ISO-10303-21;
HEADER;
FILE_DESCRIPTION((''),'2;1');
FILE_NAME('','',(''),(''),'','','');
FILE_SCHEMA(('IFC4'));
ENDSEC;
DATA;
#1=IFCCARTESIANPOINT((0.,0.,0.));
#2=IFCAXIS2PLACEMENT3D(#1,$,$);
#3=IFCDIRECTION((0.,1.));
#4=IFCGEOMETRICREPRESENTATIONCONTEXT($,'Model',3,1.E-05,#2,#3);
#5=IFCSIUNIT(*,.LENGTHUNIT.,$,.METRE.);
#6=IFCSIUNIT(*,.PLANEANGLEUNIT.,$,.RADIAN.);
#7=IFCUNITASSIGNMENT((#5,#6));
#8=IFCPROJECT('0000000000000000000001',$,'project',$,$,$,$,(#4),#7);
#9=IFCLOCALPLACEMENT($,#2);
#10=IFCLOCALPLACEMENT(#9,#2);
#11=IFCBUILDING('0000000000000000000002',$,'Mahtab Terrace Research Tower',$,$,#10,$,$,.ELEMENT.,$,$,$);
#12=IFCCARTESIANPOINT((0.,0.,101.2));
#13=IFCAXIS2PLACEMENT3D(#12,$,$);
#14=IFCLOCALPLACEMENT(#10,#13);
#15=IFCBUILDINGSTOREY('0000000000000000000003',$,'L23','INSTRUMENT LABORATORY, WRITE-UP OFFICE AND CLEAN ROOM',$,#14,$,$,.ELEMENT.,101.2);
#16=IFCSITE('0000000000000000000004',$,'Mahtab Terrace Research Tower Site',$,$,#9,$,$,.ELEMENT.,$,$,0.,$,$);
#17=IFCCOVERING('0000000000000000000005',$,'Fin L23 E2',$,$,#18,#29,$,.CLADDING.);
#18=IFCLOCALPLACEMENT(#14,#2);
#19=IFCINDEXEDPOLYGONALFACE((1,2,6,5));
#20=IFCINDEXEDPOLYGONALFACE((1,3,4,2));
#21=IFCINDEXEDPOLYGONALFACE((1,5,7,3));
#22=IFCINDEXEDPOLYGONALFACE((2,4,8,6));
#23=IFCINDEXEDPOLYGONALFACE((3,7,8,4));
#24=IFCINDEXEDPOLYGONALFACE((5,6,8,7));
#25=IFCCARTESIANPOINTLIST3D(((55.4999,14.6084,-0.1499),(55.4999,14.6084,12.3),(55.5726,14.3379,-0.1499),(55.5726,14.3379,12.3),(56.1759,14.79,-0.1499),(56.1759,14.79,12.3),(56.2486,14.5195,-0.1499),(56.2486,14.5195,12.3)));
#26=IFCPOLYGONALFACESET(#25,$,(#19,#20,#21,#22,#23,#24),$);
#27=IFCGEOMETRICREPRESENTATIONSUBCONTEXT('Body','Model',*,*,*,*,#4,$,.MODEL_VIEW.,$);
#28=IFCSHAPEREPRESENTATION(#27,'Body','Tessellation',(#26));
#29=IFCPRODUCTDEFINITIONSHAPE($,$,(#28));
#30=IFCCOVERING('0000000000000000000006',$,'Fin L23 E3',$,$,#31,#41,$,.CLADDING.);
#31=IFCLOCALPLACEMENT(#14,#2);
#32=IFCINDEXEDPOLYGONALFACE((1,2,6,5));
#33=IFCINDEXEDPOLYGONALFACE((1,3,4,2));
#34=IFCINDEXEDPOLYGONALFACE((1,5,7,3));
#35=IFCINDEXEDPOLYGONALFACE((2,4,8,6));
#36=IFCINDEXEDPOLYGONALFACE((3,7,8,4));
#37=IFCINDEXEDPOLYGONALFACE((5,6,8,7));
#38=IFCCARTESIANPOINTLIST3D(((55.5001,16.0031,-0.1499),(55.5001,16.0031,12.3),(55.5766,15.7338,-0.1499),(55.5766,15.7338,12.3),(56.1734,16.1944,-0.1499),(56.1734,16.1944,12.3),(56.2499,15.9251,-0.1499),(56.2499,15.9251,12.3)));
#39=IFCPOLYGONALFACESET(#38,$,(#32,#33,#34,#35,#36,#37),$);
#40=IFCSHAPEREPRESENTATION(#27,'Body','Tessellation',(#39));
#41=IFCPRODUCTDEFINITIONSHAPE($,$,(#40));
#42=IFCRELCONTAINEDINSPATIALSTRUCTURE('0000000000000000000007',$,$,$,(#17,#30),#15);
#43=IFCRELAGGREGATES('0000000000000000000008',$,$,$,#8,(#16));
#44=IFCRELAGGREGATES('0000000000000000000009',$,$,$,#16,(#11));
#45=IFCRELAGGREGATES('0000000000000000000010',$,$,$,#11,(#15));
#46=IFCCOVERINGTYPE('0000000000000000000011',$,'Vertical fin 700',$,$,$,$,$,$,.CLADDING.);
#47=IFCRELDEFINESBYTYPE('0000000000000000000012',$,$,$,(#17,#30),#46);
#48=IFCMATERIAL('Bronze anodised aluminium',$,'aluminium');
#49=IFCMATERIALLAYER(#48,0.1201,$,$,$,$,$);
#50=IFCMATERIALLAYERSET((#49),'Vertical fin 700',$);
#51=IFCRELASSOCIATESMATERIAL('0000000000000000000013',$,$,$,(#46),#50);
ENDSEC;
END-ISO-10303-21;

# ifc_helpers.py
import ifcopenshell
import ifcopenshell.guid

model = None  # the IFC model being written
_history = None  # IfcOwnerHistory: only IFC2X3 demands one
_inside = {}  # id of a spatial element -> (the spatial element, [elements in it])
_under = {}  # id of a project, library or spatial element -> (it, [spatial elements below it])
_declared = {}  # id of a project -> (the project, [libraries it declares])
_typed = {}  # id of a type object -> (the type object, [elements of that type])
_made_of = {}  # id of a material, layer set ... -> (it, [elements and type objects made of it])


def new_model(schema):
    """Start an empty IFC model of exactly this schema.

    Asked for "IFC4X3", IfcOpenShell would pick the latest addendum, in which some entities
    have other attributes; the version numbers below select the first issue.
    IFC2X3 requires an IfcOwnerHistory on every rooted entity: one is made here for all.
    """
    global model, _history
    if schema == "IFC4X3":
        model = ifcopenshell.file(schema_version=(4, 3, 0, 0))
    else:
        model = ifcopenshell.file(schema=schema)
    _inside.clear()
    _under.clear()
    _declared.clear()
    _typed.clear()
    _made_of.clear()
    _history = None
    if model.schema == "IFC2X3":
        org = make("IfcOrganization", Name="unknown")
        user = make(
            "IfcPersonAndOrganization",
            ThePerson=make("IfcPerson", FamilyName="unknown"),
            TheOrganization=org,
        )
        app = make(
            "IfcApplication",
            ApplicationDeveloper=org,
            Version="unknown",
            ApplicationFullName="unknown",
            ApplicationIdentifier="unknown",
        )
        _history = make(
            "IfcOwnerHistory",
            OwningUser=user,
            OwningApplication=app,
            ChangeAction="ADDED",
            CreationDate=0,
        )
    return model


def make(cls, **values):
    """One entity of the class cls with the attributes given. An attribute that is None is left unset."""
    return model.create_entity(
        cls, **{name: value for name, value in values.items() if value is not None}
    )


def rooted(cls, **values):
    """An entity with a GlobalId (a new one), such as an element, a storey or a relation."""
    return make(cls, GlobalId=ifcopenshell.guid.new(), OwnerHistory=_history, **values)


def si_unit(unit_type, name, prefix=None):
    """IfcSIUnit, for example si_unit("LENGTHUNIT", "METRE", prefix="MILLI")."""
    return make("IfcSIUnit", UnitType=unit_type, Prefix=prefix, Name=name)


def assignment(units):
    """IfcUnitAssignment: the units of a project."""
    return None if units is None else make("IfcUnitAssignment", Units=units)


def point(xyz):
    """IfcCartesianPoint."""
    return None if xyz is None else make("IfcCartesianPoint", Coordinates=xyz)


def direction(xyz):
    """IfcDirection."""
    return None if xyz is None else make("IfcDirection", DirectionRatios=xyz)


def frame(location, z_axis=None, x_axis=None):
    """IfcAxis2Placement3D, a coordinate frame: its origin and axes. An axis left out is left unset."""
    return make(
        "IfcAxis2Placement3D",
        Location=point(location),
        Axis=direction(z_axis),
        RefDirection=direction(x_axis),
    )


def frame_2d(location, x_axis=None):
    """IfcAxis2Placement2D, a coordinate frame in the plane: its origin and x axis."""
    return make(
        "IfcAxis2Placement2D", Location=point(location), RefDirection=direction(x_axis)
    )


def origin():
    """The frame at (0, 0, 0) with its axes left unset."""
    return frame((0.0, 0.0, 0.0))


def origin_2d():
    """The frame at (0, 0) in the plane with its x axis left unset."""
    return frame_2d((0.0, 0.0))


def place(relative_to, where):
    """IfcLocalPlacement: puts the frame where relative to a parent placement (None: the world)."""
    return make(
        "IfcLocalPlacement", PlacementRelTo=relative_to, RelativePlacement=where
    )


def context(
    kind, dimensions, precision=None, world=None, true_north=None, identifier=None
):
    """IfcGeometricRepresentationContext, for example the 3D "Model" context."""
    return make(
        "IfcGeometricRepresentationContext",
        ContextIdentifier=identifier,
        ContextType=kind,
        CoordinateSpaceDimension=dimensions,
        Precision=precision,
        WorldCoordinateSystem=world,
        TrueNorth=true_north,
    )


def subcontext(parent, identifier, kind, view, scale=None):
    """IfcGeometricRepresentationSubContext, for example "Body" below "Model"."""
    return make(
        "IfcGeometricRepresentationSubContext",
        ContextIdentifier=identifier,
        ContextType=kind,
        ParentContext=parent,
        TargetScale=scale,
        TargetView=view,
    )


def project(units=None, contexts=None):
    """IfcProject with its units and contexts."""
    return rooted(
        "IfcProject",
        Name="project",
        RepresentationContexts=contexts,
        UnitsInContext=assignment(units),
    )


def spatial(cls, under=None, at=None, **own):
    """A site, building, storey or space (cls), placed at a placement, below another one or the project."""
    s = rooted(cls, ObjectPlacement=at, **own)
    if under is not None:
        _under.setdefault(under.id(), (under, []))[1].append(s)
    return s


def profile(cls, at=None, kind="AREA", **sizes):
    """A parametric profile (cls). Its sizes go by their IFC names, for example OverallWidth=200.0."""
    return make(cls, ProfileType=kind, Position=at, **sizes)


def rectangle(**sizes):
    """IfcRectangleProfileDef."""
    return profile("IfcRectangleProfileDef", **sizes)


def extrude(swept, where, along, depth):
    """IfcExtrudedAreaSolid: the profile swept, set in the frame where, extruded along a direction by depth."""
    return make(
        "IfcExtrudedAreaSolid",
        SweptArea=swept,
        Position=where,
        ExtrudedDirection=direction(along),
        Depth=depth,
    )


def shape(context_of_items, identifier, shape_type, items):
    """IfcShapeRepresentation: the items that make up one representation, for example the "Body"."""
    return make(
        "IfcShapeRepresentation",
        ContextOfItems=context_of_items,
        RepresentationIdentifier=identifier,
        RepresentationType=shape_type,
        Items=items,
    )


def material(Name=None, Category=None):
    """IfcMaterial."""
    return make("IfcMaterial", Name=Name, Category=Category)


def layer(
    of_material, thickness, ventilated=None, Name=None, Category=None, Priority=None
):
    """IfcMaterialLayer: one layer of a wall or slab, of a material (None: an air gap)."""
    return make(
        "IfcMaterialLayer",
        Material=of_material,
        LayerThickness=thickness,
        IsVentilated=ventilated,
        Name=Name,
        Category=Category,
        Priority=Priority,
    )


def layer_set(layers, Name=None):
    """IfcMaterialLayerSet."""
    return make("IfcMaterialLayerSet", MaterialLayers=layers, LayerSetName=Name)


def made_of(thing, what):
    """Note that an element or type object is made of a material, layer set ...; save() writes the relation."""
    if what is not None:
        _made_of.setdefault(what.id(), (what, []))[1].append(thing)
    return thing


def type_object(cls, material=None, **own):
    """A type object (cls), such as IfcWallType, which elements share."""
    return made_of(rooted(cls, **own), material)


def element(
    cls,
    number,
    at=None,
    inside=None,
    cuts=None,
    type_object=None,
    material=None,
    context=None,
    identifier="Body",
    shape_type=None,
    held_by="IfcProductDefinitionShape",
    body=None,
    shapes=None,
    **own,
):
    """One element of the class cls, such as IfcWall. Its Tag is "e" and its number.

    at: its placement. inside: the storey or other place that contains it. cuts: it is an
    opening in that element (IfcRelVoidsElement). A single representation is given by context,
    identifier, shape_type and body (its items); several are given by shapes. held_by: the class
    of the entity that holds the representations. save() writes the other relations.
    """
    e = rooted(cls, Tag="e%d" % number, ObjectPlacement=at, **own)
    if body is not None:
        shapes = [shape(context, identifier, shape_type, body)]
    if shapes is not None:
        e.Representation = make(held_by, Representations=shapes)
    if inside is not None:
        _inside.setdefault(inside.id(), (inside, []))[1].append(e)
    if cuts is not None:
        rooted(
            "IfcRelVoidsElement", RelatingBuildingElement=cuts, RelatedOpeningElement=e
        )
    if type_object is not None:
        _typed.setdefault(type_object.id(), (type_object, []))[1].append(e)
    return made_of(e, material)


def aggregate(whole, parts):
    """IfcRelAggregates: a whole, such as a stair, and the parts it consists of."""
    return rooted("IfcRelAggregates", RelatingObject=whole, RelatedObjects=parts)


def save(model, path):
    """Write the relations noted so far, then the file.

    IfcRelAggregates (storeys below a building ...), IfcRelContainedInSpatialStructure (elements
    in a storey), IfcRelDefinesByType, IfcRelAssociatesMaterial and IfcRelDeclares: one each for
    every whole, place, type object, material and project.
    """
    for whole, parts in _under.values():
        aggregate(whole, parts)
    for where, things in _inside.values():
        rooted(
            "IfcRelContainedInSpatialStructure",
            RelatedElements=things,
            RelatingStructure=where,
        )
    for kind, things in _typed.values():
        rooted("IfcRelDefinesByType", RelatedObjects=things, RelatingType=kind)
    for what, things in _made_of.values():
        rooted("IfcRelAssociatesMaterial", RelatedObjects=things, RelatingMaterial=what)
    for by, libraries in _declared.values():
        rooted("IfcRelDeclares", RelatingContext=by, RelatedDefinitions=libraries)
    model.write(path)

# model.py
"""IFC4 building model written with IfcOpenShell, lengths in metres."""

from ifc_helpers import new_model, si_unit, direction, frame, origin, origin_2d, place, context, subcontext, project, spatial, rectangle, extrude, material, layer, layer_set, type_object, element, save


model = new_model("IFC4")

# Units and contexts
model_context = context("Model", 3, precision=1e-05, world=origin(), true_north=direction((0.0, 1.0)))
body_context = subcontext(model_context, "Body", "Model", "MODEL_VIEW")
ifc_project = project(units=[si_unit("LENGTHUNIT", "METRE"), si_unit("PLANEANGLEUNIT", "RADIAN")], contexts=[model_context])

# Site, building, storey
site_placement = place(None, origin())
site = spatial("IfcSite", under=ifc_project, at=site_placement, Name="Mahtab Terrace Research Tower Site", CompositionType="ELEMENT", RefElevation=0.0)
building_placement = place(site_placement, origin())
building = spatial("IfcBuilding", under=site, at=building_placement, Name="Mahtab Terrace Research Tower", CompositionType="ELEMENT")
storey_placement = place(building_placement, frame((0.0, 0.0, 101.2)))
storey = spatial("IfcBuildingStorey", under=building, at=storey_placement, Name="L23", Description="INSTRUMENT LABORATORY, WRITE-UP OFFICE AND CLEAN ROOM", CompositionType="ELEMENT", Elevation=101.2)

# Coverings
ifc_material_1 = material(Name="Bronze anodised aluminium", Category="aluminium")
ifc_layer_1 = layer(ifc_material_1, 0.1201)
ifc_layer_set_1 = layer_set([ifc_layer_1], Name="Vertical fin 700")
covering_type = type_object("IfcCoveringType", Name="Vertical fin 700", PredefinedType="CLADDING", material=ifc_layer_set_1)
for number, where, z_axis, x_axis, name in (
    (1, (55.8743, 14.564, -0.1499), (0.0, 0.0, 1.0), (-0.259454, 0.965756, 0.0), "Fin L23 E2"),
    (2, (55.875, 15.9641, -0.1499), (0.0, 0.0, 1.0), (-0.273307, 0.961927, 0.0), "Fin L23 E3"),
):
    element("IfcCovering", number, at=place(storey_placement, frame(where, z_axis=z_axis, x_axis=x_axis)), inside=storey, type_object=covering_type, Name=name, PredefinedType="CLADDING", context=body_context, shape_type="SweptSolid", body=[
        extrude(rectangle(XDim=0.28, YDim=0.7, at=origin_2d()), origin(), (0.0, 0.0, 1.0), 12.45),
    ])

save(model, "model.ifc")
